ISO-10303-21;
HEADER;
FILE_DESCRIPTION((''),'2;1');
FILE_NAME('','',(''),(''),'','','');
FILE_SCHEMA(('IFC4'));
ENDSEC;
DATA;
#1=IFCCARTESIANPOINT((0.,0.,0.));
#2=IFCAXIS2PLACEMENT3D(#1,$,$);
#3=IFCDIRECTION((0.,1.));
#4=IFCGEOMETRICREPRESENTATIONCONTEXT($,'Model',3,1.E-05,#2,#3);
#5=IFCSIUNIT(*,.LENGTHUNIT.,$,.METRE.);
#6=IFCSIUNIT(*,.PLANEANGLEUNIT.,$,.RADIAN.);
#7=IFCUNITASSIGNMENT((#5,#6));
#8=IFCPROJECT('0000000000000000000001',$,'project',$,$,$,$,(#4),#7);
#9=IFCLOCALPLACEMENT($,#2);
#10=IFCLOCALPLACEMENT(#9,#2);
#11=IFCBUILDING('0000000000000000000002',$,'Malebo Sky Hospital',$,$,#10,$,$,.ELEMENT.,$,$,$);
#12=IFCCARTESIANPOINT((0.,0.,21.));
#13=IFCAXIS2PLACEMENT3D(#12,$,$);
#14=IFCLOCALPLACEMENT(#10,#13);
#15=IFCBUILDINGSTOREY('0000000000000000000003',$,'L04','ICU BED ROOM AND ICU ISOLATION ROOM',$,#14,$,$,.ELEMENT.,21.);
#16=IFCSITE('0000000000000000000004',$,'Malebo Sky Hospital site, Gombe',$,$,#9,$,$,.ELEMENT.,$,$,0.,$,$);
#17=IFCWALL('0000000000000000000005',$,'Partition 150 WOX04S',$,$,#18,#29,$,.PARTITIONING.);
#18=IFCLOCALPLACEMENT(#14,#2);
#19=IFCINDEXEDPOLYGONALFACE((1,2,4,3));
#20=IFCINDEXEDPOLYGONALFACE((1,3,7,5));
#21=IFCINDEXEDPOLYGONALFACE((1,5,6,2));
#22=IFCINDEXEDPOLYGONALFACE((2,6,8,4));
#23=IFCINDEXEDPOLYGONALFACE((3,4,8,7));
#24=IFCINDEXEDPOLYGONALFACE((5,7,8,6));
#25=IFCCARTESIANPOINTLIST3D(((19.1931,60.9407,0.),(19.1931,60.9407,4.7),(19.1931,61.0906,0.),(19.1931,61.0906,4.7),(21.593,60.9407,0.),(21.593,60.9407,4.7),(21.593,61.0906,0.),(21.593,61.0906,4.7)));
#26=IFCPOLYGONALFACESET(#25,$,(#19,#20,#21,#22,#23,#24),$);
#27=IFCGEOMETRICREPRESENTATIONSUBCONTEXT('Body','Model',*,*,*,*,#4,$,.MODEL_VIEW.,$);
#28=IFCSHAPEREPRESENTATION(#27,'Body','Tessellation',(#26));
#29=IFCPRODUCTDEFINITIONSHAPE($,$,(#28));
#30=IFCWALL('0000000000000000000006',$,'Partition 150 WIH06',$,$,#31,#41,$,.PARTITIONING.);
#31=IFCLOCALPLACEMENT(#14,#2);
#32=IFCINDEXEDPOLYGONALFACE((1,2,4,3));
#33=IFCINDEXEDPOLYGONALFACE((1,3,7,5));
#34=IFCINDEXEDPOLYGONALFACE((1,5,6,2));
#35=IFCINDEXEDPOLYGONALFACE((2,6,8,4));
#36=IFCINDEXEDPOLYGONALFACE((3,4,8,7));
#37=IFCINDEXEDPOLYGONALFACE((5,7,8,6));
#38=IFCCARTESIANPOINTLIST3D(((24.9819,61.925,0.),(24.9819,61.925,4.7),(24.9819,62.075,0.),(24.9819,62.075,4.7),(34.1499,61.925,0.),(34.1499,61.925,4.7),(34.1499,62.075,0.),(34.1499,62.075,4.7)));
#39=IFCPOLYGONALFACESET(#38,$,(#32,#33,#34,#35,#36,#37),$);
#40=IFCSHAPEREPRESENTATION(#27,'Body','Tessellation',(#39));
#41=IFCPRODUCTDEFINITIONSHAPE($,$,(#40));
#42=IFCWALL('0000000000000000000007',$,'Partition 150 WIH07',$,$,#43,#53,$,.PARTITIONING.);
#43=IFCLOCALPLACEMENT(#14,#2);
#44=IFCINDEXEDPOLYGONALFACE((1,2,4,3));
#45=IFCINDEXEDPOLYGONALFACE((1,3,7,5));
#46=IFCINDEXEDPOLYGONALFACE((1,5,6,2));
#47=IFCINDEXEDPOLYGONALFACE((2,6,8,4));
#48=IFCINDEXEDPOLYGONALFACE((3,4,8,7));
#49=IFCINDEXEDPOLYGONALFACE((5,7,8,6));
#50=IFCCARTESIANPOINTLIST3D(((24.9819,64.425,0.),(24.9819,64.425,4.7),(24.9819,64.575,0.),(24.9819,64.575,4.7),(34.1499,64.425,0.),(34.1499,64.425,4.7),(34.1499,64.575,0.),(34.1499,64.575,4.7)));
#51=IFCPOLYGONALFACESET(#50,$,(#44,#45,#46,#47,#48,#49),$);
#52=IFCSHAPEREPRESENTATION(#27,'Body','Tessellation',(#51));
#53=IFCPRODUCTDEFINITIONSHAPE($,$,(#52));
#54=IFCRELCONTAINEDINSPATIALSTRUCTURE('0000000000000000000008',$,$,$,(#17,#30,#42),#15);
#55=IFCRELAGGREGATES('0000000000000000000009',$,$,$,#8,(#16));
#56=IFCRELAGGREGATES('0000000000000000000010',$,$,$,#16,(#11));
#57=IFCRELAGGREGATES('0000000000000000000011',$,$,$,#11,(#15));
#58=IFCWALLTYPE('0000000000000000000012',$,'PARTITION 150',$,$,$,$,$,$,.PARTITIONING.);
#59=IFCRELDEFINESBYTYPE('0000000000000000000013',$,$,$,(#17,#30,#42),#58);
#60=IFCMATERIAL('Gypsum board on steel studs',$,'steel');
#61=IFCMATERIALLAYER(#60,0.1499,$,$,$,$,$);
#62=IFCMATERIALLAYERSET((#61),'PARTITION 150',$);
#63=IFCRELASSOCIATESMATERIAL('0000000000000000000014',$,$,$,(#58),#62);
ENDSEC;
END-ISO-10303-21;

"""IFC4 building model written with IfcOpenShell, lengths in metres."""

from ifc_helpers import new_model, si_unit, direction, frame, frame_2d, origin, place, context, subcontext, project, spatial, rectangle, extrude, material, layer, layer_set, type_object, element, save


model = new_model("IFC4")

# Units and contexts
model_context = context("Model", 3, precision=1e-05, world=origin(), true_north=direction((0.0, 1.0)))
body_context = subcontext(model_context, "Body", "Model", "MODEL_VIEW")
ifc_project = project(units=[si_unit("LENGTHUNIT", "METRE"), si_unit("PLANEANGLEUNIT", "RADIAN")], contexts=[model_context])

# Site, building, storey
site_placement = place(None, origin())
site = spatial("IfcSite", under=ifc_project, at=site_placement, Name="Malebo Sky Hospital site, Gombe", CompositionType="ELEMENT", RefElevation=0.0)
building_placement = place(site_placement, origin())
building = spatial("IfcBuilding", under=site, at=building_placement, Name="Malebo Sky Hospital", CompositionType="ELEMENT")
storey_placement = place(building_placement, frame((0.0, 0.0, 21.0)))
storey = spatial("IfcBuildingStorey", under=building, at=storey_placement, Name="L04", Description="ICU BED ROOM AND ICU ISOLATION ROOM", CompositionType="ELEMENT", Elevation=21.0)

# Shared definitions
ifc_material_1 = material(Name="Gypsum board on steel studs", Category="steel")

# Shared definitions
ifc_layer_1 = layer(ifc_material_1, 0.1499)
ifc_layer_set_1 = layer_set([ifc_layer_1], Name="PARTITION 150")
wall_type_1 = type_object("IfcWallType", Name="PARTITION 150", PredefinedType="PARTITIONING", material=ifc_layer_set_1)

# Walls
wall_1_placement = place(storey_placement, frame((21.593, 61.0156, 0.0), z_axis=(0.0, 0.0, 1.0), x_axis=(-1.0, 0.0, 0.0)))
element("IfcWall", 1, at=wall_1_placement, inside=storey, type_object=wall_type_1, Name="Partition 150 WOX04S", PredefinedType="PARTITIONING", context=body_context, shape_type="SweptSolid", body=[
    extrude(rectangle(XDim=2.3999, YDim=0.1499, at=frame_2d((1.2, 0.0))), origin(), (0.0, 0.0, 1.0), 4.7),
])
for number, where, z_axis, x_axis, name in (
    (2, (24.9819, 62.0, 0.0), (0.0, 0.0, 1.0), (1.0, 0.0, 0.0), "Partition 150 WIH06"),
    (3, (24.9819, 64.5, 0.0), (0.0, 0.0, 1.0), (1.0, 0.0, 0.0), "Partition 150 WIH07"),
):
    element("IfcWall", number, at=place(storey_placement, frame(where, z_axis=z_axis, x_axis=x_axis)), inside=storey, type_object=wall_type_1, Name=name, PredefinedType="PARTITIONING", context=body_context, shape_type="SweptSolid", body=[
        extrude(rectangle(XDim=9.168, YDim=0.1499, at=frame_2d((4.584, 0.0))), origin(), (0.0, 0.0, 1.0), 4.7),
    ])

save(model, "model.ifc")
